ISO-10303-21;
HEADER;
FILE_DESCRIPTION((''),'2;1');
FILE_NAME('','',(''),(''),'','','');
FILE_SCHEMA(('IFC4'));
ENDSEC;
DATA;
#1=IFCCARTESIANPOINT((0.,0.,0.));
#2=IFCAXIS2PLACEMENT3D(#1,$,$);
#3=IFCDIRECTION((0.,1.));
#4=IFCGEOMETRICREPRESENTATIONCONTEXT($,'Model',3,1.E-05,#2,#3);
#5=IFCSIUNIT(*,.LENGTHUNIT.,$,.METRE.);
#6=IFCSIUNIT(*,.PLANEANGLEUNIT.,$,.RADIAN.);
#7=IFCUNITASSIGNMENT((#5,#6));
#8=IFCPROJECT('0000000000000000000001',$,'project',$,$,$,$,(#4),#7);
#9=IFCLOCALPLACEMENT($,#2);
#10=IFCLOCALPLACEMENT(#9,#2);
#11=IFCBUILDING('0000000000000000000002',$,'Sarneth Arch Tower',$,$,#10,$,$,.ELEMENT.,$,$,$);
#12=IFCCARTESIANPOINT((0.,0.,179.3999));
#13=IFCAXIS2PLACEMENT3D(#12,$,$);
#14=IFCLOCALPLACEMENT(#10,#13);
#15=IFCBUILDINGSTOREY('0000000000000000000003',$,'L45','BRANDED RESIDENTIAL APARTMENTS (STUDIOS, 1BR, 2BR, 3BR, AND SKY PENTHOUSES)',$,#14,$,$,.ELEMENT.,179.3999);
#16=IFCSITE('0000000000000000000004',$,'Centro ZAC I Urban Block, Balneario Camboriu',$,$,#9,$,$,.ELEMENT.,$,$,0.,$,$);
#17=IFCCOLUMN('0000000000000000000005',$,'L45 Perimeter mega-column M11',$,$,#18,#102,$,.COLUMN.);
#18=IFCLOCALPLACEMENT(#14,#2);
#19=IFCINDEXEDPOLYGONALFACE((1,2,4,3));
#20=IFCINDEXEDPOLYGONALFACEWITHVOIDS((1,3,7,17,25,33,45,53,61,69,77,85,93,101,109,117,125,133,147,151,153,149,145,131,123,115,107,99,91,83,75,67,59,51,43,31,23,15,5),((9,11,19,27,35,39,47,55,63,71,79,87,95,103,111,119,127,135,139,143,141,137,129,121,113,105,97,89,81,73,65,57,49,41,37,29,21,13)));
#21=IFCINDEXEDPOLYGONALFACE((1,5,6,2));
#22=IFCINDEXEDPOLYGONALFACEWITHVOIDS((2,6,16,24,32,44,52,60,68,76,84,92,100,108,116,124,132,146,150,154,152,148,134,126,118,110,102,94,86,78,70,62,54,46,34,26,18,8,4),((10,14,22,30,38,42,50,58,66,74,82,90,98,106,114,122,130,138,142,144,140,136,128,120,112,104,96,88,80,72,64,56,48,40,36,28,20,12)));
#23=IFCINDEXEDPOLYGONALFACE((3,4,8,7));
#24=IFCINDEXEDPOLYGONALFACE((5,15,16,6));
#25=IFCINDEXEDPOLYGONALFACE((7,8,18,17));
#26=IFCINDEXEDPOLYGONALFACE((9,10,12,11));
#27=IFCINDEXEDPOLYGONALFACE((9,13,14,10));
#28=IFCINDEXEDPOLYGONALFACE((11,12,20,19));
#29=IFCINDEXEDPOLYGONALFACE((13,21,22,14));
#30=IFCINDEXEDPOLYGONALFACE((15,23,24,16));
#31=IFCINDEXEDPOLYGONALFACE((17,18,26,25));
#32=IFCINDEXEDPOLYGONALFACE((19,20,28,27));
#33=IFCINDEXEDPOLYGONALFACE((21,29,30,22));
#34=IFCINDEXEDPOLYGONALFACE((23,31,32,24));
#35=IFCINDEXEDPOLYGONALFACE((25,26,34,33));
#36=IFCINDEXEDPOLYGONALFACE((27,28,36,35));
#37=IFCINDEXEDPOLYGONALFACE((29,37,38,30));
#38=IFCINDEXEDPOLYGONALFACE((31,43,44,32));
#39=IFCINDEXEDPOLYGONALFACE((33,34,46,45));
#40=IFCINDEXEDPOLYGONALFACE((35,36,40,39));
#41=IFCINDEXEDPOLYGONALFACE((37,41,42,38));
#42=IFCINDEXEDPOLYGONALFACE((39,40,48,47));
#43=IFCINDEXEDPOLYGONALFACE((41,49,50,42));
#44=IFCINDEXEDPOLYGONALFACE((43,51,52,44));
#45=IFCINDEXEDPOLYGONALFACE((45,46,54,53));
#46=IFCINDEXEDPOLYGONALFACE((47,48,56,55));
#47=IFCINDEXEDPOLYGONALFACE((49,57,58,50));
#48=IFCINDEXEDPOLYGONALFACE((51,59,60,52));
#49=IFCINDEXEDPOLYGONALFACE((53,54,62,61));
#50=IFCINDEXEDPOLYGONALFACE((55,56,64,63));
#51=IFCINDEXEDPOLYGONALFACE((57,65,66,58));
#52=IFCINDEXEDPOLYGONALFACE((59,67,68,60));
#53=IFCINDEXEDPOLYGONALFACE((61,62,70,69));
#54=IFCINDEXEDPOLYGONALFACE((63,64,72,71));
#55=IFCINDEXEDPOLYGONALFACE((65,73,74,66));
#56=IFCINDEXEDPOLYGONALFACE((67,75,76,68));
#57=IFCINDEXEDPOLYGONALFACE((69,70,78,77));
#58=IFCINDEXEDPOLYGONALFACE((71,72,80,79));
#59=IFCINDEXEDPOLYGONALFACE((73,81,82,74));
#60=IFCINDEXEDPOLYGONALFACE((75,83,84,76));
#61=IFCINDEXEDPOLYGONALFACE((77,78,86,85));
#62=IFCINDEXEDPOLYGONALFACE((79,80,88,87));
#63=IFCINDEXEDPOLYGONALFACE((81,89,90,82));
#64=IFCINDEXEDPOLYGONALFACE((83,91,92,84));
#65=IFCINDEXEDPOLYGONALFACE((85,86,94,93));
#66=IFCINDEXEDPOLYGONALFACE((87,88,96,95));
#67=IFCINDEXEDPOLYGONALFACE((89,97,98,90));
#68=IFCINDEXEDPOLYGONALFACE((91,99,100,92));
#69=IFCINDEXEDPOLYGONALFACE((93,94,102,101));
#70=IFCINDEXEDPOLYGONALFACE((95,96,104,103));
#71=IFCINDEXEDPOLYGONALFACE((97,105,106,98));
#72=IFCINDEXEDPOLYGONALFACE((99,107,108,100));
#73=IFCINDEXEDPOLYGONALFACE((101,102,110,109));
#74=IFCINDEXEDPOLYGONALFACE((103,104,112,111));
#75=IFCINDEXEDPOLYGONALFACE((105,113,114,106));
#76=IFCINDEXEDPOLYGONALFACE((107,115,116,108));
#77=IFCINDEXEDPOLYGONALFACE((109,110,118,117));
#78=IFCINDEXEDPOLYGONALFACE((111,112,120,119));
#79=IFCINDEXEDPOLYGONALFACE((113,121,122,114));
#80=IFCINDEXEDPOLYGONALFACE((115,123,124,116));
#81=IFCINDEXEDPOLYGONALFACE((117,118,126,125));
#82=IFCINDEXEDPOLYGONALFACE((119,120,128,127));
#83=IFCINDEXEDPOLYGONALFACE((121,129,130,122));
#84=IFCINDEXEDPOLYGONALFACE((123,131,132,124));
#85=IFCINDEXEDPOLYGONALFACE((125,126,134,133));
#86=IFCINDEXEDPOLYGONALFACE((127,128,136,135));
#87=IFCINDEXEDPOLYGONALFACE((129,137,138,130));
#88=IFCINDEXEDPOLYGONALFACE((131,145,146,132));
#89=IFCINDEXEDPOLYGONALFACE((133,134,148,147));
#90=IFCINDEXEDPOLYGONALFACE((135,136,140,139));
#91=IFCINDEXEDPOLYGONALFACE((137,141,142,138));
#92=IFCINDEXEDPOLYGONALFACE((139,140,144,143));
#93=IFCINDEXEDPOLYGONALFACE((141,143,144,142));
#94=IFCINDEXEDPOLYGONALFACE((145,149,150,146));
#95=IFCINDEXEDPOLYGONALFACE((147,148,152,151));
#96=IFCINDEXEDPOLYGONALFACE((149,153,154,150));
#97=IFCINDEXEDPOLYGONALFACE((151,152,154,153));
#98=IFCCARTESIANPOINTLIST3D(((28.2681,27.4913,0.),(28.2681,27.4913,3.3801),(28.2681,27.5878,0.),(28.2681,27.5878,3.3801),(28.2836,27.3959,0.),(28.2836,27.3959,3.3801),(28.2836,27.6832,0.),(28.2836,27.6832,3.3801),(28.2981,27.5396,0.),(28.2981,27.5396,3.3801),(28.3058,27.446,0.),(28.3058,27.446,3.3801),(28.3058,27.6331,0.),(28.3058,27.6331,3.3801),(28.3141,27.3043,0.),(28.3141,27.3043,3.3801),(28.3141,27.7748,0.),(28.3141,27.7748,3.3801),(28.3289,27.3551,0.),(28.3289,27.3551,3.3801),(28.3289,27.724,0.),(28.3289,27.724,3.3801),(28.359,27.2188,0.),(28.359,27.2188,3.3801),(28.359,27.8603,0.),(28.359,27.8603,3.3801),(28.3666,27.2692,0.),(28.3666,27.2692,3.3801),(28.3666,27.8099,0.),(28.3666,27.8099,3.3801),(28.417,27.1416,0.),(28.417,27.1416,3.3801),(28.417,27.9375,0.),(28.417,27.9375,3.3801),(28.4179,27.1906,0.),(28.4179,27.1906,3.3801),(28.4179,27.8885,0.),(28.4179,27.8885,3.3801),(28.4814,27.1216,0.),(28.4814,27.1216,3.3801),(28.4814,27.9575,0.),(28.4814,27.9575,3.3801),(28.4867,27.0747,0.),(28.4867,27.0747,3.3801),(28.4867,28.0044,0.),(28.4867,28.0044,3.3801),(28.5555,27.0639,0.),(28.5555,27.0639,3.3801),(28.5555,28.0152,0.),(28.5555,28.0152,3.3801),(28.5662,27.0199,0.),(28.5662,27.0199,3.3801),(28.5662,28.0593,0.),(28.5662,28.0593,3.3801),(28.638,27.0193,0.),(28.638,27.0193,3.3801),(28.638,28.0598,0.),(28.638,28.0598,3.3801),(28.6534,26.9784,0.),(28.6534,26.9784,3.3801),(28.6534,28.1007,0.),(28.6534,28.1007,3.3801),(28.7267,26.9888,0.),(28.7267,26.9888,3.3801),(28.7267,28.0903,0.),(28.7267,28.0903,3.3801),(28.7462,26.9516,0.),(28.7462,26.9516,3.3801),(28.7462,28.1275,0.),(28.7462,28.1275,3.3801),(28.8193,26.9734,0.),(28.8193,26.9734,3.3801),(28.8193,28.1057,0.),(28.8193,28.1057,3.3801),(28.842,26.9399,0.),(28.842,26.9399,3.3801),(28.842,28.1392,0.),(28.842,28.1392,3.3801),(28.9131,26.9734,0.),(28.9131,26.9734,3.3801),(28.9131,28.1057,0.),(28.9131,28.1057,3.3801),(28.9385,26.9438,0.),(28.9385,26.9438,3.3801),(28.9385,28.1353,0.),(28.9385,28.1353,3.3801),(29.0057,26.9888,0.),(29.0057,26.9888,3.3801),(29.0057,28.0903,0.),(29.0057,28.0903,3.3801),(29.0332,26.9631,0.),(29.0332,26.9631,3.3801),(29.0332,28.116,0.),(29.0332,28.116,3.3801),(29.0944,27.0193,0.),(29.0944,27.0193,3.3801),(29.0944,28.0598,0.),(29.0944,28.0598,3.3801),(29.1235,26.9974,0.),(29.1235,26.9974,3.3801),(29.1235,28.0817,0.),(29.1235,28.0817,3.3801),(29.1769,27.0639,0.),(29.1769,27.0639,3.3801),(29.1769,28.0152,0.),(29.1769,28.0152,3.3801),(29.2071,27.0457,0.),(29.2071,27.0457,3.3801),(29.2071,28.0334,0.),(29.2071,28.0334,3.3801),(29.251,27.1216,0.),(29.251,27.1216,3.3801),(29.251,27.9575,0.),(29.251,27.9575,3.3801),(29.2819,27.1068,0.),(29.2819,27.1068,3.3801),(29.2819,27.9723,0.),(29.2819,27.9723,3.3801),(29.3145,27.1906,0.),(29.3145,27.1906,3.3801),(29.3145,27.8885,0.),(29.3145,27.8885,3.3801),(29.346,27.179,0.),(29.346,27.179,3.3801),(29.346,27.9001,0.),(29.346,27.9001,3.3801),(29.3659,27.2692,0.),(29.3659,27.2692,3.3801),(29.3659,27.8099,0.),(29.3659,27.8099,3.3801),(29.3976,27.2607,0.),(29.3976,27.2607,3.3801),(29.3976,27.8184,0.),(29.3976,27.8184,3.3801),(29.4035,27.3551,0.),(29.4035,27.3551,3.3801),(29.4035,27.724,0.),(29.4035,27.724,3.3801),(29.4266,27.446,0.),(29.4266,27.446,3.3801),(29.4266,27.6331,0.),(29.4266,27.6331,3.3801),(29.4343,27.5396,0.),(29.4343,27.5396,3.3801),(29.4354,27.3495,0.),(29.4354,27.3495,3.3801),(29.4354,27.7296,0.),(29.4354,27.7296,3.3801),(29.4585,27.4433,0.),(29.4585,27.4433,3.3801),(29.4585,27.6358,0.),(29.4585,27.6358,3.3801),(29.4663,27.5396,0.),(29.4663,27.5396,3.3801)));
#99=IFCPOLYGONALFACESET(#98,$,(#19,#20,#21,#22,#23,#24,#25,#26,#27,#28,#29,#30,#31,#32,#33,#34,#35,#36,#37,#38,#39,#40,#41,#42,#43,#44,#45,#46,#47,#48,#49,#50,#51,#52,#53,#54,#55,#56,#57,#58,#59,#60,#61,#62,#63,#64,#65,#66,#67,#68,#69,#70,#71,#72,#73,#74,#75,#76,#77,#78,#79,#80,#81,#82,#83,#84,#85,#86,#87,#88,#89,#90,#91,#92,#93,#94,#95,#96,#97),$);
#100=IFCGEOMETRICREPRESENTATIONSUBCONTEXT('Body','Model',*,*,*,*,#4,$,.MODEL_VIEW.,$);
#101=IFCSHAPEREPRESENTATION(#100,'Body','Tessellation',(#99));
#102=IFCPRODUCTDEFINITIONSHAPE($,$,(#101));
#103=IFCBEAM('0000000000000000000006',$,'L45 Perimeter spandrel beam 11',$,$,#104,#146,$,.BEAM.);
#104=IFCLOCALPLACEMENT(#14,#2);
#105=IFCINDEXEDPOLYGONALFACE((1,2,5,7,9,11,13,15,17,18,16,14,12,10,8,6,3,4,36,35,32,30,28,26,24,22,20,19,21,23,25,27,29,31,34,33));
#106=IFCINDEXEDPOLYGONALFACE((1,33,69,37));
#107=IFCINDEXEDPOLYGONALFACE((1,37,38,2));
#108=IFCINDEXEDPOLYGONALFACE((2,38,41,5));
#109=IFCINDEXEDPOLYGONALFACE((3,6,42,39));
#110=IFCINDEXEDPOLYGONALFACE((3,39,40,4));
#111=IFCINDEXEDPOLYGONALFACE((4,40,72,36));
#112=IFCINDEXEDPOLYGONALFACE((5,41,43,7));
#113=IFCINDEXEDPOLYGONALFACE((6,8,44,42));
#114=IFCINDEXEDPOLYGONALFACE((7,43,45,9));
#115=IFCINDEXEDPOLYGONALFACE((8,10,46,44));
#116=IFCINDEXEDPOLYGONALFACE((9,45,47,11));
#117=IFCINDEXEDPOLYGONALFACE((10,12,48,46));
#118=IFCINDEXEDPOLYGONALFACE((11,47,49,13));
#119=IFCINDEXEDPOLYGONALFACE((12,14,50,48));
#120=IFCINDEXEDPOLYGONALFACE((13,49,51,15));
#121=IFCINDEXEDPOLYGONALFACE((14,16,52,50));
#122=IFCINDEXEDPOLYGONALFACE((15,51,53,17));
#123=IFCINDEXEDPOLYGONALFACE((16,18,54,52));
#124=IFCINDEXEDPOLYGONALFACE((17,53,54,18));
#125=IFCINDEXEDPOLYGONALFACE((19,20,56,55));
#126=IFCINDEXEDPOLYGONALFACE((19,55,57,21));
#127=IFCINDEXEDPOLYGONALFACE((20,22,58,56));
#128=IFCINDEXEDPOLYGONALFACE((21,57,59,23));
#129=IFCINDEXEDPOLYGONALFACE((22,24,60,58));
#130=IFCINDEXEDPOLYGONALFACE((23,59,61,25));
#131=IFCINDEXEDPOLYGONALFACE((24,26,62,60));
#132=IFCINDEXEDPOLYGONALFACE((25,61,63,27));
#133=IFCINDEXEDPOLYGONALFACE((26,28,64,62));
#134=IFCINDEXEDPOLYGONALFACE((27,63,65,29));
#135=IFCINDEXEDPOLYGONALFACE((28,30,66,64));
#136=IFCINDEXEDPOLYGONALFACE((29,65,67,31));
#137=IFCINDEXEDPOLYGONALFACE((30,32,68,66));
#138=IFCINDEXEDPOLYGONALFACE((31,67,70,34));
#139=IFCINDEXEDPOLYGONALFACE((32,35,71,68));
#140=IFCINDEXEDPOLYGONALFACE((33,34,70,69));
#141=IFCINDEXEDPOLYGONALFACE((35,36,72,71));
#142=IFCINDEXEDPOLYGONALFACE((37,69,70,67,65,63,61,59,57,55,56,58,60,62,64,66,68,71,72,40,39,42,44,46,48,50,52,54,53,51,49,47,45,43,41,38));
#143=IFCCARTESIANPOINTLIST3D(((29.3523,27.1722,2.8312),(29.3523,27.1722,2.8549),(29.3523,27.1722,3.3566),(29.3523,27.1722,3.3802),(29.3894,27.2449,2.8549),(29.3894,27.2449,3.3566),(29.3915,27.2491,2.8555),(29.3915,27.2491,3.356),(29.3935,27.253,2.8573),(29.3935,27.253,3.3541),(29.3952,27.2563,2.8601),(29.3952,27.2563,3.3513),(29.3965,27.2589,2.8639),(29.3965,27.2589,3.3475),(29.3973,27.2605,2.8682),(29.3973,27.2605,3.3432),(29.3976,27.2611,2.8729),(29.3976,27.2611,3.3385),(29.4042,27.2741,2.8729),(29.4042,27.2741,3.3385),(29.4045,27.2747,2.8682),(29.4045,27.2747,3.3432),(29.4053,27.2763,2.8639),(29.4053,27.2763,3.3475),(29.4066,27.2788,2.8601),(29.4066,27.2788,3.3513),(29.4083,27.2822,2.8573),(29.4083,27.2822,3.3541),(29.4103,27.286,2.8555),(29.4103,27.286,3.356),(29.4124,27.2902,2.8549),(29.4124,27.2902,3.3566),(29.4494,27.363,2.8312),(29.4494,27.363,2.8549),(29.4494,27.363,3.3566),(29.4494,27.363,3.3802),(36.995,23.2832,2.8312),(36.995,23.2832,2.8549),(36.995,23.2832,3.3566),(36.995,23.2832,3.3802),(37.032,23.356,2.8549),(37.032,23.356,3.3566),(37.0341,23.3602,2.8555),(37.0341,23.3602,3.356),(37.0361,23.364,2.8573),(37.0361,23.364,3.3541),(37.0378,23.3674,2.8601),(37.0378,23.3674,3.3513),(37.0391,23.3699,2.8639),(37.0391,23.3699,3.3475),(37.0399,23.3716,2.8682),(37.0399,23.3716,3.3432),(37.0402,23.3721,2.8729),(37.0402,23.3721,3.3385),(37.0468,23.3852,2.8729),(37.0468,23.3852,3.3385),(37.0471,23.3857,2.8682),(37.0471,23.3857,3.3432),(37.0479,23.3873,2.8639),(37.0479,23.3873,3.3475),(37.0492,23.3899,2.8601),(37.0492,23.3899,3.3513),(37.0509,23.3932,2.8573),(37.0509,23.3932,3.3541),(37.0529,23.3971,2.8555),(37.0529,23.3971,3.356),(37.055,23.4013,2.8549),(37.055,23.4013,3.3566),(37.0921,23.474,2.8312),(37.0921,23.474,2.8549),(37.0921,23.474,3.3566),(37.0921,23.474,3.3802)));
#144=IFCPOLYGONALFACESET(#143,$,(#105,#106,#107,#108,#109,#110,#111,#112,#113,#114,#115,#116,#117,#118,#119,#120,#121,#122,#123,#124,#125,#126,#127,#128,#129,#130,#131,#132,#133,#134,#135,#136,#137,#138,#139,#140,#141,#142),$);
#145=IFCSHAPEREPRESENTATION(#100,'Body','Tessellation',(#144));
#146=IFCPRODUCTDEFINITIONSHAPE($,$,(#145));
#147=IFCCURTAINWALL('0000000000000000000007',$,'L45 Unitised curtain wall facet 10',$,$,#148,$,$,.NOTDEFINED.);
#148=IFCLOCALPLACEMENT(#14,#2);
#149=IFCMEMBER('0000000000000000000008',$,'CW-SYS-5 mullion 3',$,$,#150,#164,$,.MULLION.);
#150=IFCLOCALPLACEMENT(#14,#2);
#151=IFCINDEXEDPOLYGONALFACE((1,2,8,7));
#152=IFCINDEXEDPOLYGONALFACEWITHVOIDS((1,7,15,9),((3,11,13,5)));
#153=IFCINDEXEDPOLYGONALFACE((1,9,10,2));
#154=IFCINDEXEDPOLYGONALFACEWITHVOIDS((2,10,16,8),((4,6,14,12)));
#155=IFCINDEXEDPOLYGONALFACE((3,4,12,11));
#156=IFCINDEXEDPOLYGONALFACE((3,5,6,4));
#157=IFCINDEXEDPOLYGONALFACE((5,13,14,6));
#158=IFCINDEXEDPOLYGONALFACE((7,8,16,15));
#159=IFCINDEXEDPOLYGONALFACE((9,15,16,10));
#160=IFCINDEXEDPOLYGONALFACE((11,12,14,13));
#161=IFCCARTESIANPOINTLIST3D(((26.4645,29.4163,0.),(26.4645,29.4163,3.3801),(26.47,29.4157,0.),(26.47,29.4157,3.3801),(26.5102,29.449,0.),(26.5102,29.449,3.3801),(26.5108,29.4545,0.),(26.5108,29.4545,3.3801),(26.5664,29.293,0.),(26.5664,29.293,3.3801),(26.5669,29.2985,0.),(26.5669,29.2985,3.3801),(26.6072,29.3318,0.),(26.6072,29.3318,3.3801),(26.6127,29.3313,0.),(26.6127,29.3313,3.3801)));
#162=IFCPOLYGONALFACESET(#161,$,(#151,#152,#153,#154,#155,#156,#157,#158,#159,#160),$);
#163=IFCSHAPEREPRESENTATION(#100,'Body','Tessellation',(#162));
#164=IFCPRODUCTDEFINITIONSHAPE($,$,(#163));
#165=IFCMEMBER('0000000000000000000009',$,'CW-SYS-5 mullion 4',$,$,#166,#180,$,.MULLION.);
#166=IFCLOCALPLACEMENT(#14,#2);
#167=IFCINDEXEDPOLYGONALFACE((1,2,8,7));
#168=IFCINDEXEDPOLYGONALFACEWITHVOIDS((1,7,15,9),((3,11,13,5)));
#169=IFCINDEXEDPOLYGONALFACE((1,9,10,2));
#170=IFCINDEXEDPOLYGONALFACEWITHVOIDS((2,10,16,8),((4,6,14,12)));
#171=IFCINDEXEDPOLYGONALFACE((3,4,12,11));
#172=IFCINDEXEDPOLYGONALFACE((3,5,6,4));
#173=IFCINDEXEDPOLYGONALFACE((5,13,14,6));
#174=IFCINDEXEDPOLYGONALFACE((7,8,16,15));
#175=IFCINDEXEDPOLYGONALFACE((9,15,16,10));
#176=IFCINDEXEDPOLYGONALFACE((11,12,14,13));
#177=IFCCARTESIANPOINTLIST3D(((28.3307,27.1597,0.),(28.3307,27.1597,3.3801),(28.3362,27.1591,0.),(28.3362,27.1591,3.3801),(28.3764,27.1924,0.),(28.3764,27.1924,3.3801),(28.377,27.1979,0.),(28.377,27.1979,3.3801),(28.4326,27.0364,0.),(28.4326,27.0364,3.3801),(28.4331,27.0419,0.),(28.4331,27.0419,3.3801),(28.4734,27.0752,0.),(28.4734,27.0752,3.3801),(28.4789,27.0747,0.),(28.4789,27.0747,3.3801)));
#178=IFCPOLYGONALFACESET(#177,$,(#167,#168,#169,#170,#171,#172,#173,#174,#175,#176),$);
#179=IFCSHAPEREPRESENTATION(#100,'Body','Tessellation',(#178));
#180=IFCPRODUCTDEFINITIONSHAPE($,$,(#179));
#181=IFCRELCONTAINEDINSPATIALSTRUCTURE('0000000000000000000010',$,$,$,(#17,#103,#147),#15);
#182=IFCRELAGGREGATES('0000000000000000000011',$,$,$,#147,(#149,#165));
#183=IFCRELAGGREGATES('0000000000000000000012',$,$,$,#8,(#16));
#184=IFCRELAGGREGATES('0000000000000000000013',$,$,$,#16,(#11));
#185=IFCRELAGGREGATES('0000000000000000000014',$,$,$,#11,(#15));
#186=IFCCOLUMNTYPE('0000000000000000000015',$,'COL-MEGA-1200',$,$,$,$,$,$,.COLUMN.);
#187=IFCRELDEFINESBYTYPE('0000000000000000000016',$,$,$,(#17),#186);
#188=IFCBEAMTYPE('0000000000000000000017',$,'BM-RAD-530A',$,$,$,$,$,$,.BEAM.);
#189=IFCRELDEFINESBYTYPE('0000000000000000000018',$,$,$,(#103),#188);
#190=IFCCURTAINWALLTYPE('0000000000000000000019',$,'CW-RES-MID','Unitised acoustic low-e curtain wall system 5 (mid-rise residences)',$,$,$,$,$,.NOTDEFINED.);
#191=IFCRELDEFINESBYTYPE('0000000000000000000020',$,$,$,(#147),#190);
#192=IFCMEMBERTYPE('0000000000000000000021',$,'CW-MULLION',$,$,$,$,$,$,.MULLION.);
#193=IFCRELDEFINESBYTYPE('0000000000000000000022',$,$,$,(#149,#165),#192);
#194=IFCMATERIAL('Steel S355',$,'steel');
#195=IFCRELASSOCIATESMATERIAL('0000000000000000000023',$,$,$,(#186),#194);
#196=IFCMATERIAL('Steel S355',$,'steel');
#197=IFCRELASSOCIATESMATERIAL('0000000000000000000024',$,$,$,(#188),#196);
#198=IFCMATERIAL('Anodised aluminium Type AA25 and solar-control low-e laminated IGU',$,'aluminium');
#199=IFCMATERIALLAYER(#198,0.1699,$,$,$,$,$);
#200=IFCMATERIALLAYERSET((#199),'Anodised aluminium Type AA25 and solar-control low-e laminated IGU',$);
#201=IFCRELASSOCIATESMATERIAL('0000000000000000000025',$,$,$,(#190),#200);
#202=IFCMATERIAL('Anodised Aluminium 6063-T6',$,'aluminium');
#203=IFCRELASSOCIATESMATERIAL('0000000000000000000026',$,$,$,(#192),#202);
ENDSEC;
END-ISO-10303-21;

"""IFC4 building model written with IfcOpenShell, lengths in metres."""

from ifc_helpers import new_model, si_unit, direction, frame, origin, origin_2d, place, context, subcontext, project, spatial, hollow_rectangle, hollow_circle, i_section, extrude, material, layer, layer_set, material_profile, profile_set, type_object, element, aggregate, save


model = new_model("IFC4")

# Units and contexts
model_context = context("Model", 3, precision=1e-05, world=origin(), true_north=direction((0.0, 1.0)))
body_context = subcontext(model_context, "Body", "Model", "MODEL_VIEW")
ifc_project = project(units=[si_unit("LENGTHUNIT", "METRE"), si_unit("PLANEANGLEUNIT", "RADIAN")], contexts=[model_context])

# Site, building, storey
site_placement = place(None, origin())
site = spatial("IfcSite", under=ifc_project, at=site_placement, Name="Centro ZAC I Urban Block, Balneario Camboriu", CompositionType="ELEMENT", RefElevation=0.0)
building_placement = place(site_placement, origin())
building = spatial("IfcBuilding", under=site, at=building_placement, Name="Sarneth Arch Tower", CompositionType="ELEMENT")
storey_placement = place(building_placement, frame((0.0, 0.0, 179.3999)))
storey = spatial("IfcBuildingStorey", under=building, at=storey_placement, Name="L45", Description="BRANDED RESIDENTIAL APARTMENTS (STUDIOS, 1BR, 2BR, 3BR, AND SKY PENTHOUSES)", CompositionType="ELEMENT", Elevation=179.3999)

# Column
ifc_material_1 = material(Name="Steel S355", Category="steel")
ifc_material_profile_1 = material_profile(ifc_material_1, hollow_circle(Radius=0.6001, WallThickness=0.032, at=origin_2d()), Name="CHS1200x32")
ifc_profile_set_1 = profile_set([ifc_material_profile_1], Name="Steel S355")
column_type = type_object("IfcColumnType", Name="COL-MEGA-1200", PredefinedType="COLUMN", material=ifc_profile_set_1)
column_placement = place(storey_placement, frame((28.8662, 27.5396, 0.0), z_axis=(0.0, 0.0, 1.0), x_axis=(1.0, 0.0, 0.0)))
element("IfcColumn", 1, at=column_placement, inside=storey, type_object=column_type, Name="L45 Perimeter mega-column M11", PredefinedType="COLUMN", context=body_context, shape_type="SweptSolid", body=[
    extrude(hollow_circle(Radius=0.6001, WallThickness=0.032, at=origin_2d()), origin(), (0.0, 0.0, 1.0), 3.3801),
])

# Beam
ifc_material_2 = material(Name="Steel S355", Category="steel")
ifc_material_profile_2 = material_profile(ifc_material_2, i_section(OverallWidth=0.2141, OverallDepth=0.5491, WebThickness=0.0146, FlangeThickness=0.0237, FilletRadius=0.0181, at=origin_2d()), Name="W530x138")
ifc_profile_set_2 = profile_set([ifc_material_profile_2], Name="Steel S355")
beam_type = type_object("IfcBeamType", Name="BM-RAD-530A", PredefinedType="BEAM", material=ifc_profile_set_2)
beam_placement = place(storey_placement, frame((29.4009, 27.2676, 3.1057), z_axis=(0.89125, -0.453512, 0.0), x_axis=(0.453512, 0.89125, 0.0)))
element("IfcBeam", 2, at=beam_placement, inside=storey, type_object=beam_type, Name="L45 Perimeter spandrel beam 11", PredefinedType="BEAM", context=body_context, shape_type="SweptSolid", body=[
    extrude(i_section(OverallWidth=0.2141, OverallDepth=0.5491, WebThickness=0.0146, FlangeThickness=0.0237, FilletRadius=0.0181, at=origin_2d()), origin(), (0.0, 0.0, 1.0), 8.5752),
])

# Curtain wall, members
ifc_material_3 = material(Name="Anodised aluminium Type AA25 and solar-control low-e laminated IGU", Category="aluminium")
ifc_layer_1 = layer(ifc_material_3, 0.1699)
ifc_layer_set_1 = layer_set([ifc_layer_1], Name="Anodised aluminium Type AA25 and solar-control low-e laminated IGU")
curtain_wall_type = type_object("IfcCurtainWallType", Name="CW-RES-MID", Description="Unitised acoustic low-e curtain wall system 5 (mid-rise residences)", PredefinedType="NOTDEFINED", material=ifc_layer_set_1)
curtain_wall_placement = place(storey_placement, origin())
curtain_wall = element("IfcCurtainWall", 3, at=curtain_wall_placement, inside=storey, type_object=curtain_wall_type, Name="L45 Unitised curtain wall facet 10", PredefinedType="NOTDEFINED")
ifc_material_4 = material(Name="Anodised Aluminium 6063-T6", Category="aluminium")
ifc_material_profile_3 = material_profile(ifc_material_4, hollow_rectangle(XDim=0.0601, YDim=0.1599, WallThickness=0.0039, at=origin_2d()), Name="AL-MULL-160x60x4")
ifc_profile_set_3 = profile_set([ifc_material_profile_3], Name="Anodised Aluminium 6063-T6")
member_type_1 = type_object("IfcMemberType", Name="CW-MULLION", PredefinedType="MULLION", material=ifc_profile_set_3)
member_1_placement = place(storey_placement, frame((26.5386, 29.3738, 0.0), z_axis=(0.0, 0.0, 1.0), x_axis=(0.770591, 0.63733, 0.0)))
member_1 = element("IfcMember", 4, at=member_1_placement, type_object=member_type_1, Name="CW-SYS-5 mullion 3", PredefinedType="MULLION", context=body_context, shape_type="SweptSolid", body=[
    extrude(hollow_rectangle(XDim=0.0601, YDim=0.1599, WallThickness=0.0039, at=origin_2d()), origin(), (0.0, 0.0, 1.0), 3.3801),
])
member_2_placement = place(storey_placement, frame((28.4048, 27.1172, 0.0), z_axis=(0.0, 0.0, 1.0), x_axis=(0.770591, 0.63733, 0.0)))
member_2 = element("IfcMember", 5, at=member_2_placement, type_object=member_type_1, Name="CW-SYS-5 mullion 4", PredefinedType="MULLION", context=body_context, shape_type="SweptSolid", body=[
    extrude(hollow_rectangle(XDim=0.0601, YDim=0.1599, WallThickness=0.0039, at=origin_2d()), origin(), (0.0, 0.0, 1.0), 3.3801),
])

aggregate(curtain_wall, [member_1, member_2])

save(model, "model.ifc")
